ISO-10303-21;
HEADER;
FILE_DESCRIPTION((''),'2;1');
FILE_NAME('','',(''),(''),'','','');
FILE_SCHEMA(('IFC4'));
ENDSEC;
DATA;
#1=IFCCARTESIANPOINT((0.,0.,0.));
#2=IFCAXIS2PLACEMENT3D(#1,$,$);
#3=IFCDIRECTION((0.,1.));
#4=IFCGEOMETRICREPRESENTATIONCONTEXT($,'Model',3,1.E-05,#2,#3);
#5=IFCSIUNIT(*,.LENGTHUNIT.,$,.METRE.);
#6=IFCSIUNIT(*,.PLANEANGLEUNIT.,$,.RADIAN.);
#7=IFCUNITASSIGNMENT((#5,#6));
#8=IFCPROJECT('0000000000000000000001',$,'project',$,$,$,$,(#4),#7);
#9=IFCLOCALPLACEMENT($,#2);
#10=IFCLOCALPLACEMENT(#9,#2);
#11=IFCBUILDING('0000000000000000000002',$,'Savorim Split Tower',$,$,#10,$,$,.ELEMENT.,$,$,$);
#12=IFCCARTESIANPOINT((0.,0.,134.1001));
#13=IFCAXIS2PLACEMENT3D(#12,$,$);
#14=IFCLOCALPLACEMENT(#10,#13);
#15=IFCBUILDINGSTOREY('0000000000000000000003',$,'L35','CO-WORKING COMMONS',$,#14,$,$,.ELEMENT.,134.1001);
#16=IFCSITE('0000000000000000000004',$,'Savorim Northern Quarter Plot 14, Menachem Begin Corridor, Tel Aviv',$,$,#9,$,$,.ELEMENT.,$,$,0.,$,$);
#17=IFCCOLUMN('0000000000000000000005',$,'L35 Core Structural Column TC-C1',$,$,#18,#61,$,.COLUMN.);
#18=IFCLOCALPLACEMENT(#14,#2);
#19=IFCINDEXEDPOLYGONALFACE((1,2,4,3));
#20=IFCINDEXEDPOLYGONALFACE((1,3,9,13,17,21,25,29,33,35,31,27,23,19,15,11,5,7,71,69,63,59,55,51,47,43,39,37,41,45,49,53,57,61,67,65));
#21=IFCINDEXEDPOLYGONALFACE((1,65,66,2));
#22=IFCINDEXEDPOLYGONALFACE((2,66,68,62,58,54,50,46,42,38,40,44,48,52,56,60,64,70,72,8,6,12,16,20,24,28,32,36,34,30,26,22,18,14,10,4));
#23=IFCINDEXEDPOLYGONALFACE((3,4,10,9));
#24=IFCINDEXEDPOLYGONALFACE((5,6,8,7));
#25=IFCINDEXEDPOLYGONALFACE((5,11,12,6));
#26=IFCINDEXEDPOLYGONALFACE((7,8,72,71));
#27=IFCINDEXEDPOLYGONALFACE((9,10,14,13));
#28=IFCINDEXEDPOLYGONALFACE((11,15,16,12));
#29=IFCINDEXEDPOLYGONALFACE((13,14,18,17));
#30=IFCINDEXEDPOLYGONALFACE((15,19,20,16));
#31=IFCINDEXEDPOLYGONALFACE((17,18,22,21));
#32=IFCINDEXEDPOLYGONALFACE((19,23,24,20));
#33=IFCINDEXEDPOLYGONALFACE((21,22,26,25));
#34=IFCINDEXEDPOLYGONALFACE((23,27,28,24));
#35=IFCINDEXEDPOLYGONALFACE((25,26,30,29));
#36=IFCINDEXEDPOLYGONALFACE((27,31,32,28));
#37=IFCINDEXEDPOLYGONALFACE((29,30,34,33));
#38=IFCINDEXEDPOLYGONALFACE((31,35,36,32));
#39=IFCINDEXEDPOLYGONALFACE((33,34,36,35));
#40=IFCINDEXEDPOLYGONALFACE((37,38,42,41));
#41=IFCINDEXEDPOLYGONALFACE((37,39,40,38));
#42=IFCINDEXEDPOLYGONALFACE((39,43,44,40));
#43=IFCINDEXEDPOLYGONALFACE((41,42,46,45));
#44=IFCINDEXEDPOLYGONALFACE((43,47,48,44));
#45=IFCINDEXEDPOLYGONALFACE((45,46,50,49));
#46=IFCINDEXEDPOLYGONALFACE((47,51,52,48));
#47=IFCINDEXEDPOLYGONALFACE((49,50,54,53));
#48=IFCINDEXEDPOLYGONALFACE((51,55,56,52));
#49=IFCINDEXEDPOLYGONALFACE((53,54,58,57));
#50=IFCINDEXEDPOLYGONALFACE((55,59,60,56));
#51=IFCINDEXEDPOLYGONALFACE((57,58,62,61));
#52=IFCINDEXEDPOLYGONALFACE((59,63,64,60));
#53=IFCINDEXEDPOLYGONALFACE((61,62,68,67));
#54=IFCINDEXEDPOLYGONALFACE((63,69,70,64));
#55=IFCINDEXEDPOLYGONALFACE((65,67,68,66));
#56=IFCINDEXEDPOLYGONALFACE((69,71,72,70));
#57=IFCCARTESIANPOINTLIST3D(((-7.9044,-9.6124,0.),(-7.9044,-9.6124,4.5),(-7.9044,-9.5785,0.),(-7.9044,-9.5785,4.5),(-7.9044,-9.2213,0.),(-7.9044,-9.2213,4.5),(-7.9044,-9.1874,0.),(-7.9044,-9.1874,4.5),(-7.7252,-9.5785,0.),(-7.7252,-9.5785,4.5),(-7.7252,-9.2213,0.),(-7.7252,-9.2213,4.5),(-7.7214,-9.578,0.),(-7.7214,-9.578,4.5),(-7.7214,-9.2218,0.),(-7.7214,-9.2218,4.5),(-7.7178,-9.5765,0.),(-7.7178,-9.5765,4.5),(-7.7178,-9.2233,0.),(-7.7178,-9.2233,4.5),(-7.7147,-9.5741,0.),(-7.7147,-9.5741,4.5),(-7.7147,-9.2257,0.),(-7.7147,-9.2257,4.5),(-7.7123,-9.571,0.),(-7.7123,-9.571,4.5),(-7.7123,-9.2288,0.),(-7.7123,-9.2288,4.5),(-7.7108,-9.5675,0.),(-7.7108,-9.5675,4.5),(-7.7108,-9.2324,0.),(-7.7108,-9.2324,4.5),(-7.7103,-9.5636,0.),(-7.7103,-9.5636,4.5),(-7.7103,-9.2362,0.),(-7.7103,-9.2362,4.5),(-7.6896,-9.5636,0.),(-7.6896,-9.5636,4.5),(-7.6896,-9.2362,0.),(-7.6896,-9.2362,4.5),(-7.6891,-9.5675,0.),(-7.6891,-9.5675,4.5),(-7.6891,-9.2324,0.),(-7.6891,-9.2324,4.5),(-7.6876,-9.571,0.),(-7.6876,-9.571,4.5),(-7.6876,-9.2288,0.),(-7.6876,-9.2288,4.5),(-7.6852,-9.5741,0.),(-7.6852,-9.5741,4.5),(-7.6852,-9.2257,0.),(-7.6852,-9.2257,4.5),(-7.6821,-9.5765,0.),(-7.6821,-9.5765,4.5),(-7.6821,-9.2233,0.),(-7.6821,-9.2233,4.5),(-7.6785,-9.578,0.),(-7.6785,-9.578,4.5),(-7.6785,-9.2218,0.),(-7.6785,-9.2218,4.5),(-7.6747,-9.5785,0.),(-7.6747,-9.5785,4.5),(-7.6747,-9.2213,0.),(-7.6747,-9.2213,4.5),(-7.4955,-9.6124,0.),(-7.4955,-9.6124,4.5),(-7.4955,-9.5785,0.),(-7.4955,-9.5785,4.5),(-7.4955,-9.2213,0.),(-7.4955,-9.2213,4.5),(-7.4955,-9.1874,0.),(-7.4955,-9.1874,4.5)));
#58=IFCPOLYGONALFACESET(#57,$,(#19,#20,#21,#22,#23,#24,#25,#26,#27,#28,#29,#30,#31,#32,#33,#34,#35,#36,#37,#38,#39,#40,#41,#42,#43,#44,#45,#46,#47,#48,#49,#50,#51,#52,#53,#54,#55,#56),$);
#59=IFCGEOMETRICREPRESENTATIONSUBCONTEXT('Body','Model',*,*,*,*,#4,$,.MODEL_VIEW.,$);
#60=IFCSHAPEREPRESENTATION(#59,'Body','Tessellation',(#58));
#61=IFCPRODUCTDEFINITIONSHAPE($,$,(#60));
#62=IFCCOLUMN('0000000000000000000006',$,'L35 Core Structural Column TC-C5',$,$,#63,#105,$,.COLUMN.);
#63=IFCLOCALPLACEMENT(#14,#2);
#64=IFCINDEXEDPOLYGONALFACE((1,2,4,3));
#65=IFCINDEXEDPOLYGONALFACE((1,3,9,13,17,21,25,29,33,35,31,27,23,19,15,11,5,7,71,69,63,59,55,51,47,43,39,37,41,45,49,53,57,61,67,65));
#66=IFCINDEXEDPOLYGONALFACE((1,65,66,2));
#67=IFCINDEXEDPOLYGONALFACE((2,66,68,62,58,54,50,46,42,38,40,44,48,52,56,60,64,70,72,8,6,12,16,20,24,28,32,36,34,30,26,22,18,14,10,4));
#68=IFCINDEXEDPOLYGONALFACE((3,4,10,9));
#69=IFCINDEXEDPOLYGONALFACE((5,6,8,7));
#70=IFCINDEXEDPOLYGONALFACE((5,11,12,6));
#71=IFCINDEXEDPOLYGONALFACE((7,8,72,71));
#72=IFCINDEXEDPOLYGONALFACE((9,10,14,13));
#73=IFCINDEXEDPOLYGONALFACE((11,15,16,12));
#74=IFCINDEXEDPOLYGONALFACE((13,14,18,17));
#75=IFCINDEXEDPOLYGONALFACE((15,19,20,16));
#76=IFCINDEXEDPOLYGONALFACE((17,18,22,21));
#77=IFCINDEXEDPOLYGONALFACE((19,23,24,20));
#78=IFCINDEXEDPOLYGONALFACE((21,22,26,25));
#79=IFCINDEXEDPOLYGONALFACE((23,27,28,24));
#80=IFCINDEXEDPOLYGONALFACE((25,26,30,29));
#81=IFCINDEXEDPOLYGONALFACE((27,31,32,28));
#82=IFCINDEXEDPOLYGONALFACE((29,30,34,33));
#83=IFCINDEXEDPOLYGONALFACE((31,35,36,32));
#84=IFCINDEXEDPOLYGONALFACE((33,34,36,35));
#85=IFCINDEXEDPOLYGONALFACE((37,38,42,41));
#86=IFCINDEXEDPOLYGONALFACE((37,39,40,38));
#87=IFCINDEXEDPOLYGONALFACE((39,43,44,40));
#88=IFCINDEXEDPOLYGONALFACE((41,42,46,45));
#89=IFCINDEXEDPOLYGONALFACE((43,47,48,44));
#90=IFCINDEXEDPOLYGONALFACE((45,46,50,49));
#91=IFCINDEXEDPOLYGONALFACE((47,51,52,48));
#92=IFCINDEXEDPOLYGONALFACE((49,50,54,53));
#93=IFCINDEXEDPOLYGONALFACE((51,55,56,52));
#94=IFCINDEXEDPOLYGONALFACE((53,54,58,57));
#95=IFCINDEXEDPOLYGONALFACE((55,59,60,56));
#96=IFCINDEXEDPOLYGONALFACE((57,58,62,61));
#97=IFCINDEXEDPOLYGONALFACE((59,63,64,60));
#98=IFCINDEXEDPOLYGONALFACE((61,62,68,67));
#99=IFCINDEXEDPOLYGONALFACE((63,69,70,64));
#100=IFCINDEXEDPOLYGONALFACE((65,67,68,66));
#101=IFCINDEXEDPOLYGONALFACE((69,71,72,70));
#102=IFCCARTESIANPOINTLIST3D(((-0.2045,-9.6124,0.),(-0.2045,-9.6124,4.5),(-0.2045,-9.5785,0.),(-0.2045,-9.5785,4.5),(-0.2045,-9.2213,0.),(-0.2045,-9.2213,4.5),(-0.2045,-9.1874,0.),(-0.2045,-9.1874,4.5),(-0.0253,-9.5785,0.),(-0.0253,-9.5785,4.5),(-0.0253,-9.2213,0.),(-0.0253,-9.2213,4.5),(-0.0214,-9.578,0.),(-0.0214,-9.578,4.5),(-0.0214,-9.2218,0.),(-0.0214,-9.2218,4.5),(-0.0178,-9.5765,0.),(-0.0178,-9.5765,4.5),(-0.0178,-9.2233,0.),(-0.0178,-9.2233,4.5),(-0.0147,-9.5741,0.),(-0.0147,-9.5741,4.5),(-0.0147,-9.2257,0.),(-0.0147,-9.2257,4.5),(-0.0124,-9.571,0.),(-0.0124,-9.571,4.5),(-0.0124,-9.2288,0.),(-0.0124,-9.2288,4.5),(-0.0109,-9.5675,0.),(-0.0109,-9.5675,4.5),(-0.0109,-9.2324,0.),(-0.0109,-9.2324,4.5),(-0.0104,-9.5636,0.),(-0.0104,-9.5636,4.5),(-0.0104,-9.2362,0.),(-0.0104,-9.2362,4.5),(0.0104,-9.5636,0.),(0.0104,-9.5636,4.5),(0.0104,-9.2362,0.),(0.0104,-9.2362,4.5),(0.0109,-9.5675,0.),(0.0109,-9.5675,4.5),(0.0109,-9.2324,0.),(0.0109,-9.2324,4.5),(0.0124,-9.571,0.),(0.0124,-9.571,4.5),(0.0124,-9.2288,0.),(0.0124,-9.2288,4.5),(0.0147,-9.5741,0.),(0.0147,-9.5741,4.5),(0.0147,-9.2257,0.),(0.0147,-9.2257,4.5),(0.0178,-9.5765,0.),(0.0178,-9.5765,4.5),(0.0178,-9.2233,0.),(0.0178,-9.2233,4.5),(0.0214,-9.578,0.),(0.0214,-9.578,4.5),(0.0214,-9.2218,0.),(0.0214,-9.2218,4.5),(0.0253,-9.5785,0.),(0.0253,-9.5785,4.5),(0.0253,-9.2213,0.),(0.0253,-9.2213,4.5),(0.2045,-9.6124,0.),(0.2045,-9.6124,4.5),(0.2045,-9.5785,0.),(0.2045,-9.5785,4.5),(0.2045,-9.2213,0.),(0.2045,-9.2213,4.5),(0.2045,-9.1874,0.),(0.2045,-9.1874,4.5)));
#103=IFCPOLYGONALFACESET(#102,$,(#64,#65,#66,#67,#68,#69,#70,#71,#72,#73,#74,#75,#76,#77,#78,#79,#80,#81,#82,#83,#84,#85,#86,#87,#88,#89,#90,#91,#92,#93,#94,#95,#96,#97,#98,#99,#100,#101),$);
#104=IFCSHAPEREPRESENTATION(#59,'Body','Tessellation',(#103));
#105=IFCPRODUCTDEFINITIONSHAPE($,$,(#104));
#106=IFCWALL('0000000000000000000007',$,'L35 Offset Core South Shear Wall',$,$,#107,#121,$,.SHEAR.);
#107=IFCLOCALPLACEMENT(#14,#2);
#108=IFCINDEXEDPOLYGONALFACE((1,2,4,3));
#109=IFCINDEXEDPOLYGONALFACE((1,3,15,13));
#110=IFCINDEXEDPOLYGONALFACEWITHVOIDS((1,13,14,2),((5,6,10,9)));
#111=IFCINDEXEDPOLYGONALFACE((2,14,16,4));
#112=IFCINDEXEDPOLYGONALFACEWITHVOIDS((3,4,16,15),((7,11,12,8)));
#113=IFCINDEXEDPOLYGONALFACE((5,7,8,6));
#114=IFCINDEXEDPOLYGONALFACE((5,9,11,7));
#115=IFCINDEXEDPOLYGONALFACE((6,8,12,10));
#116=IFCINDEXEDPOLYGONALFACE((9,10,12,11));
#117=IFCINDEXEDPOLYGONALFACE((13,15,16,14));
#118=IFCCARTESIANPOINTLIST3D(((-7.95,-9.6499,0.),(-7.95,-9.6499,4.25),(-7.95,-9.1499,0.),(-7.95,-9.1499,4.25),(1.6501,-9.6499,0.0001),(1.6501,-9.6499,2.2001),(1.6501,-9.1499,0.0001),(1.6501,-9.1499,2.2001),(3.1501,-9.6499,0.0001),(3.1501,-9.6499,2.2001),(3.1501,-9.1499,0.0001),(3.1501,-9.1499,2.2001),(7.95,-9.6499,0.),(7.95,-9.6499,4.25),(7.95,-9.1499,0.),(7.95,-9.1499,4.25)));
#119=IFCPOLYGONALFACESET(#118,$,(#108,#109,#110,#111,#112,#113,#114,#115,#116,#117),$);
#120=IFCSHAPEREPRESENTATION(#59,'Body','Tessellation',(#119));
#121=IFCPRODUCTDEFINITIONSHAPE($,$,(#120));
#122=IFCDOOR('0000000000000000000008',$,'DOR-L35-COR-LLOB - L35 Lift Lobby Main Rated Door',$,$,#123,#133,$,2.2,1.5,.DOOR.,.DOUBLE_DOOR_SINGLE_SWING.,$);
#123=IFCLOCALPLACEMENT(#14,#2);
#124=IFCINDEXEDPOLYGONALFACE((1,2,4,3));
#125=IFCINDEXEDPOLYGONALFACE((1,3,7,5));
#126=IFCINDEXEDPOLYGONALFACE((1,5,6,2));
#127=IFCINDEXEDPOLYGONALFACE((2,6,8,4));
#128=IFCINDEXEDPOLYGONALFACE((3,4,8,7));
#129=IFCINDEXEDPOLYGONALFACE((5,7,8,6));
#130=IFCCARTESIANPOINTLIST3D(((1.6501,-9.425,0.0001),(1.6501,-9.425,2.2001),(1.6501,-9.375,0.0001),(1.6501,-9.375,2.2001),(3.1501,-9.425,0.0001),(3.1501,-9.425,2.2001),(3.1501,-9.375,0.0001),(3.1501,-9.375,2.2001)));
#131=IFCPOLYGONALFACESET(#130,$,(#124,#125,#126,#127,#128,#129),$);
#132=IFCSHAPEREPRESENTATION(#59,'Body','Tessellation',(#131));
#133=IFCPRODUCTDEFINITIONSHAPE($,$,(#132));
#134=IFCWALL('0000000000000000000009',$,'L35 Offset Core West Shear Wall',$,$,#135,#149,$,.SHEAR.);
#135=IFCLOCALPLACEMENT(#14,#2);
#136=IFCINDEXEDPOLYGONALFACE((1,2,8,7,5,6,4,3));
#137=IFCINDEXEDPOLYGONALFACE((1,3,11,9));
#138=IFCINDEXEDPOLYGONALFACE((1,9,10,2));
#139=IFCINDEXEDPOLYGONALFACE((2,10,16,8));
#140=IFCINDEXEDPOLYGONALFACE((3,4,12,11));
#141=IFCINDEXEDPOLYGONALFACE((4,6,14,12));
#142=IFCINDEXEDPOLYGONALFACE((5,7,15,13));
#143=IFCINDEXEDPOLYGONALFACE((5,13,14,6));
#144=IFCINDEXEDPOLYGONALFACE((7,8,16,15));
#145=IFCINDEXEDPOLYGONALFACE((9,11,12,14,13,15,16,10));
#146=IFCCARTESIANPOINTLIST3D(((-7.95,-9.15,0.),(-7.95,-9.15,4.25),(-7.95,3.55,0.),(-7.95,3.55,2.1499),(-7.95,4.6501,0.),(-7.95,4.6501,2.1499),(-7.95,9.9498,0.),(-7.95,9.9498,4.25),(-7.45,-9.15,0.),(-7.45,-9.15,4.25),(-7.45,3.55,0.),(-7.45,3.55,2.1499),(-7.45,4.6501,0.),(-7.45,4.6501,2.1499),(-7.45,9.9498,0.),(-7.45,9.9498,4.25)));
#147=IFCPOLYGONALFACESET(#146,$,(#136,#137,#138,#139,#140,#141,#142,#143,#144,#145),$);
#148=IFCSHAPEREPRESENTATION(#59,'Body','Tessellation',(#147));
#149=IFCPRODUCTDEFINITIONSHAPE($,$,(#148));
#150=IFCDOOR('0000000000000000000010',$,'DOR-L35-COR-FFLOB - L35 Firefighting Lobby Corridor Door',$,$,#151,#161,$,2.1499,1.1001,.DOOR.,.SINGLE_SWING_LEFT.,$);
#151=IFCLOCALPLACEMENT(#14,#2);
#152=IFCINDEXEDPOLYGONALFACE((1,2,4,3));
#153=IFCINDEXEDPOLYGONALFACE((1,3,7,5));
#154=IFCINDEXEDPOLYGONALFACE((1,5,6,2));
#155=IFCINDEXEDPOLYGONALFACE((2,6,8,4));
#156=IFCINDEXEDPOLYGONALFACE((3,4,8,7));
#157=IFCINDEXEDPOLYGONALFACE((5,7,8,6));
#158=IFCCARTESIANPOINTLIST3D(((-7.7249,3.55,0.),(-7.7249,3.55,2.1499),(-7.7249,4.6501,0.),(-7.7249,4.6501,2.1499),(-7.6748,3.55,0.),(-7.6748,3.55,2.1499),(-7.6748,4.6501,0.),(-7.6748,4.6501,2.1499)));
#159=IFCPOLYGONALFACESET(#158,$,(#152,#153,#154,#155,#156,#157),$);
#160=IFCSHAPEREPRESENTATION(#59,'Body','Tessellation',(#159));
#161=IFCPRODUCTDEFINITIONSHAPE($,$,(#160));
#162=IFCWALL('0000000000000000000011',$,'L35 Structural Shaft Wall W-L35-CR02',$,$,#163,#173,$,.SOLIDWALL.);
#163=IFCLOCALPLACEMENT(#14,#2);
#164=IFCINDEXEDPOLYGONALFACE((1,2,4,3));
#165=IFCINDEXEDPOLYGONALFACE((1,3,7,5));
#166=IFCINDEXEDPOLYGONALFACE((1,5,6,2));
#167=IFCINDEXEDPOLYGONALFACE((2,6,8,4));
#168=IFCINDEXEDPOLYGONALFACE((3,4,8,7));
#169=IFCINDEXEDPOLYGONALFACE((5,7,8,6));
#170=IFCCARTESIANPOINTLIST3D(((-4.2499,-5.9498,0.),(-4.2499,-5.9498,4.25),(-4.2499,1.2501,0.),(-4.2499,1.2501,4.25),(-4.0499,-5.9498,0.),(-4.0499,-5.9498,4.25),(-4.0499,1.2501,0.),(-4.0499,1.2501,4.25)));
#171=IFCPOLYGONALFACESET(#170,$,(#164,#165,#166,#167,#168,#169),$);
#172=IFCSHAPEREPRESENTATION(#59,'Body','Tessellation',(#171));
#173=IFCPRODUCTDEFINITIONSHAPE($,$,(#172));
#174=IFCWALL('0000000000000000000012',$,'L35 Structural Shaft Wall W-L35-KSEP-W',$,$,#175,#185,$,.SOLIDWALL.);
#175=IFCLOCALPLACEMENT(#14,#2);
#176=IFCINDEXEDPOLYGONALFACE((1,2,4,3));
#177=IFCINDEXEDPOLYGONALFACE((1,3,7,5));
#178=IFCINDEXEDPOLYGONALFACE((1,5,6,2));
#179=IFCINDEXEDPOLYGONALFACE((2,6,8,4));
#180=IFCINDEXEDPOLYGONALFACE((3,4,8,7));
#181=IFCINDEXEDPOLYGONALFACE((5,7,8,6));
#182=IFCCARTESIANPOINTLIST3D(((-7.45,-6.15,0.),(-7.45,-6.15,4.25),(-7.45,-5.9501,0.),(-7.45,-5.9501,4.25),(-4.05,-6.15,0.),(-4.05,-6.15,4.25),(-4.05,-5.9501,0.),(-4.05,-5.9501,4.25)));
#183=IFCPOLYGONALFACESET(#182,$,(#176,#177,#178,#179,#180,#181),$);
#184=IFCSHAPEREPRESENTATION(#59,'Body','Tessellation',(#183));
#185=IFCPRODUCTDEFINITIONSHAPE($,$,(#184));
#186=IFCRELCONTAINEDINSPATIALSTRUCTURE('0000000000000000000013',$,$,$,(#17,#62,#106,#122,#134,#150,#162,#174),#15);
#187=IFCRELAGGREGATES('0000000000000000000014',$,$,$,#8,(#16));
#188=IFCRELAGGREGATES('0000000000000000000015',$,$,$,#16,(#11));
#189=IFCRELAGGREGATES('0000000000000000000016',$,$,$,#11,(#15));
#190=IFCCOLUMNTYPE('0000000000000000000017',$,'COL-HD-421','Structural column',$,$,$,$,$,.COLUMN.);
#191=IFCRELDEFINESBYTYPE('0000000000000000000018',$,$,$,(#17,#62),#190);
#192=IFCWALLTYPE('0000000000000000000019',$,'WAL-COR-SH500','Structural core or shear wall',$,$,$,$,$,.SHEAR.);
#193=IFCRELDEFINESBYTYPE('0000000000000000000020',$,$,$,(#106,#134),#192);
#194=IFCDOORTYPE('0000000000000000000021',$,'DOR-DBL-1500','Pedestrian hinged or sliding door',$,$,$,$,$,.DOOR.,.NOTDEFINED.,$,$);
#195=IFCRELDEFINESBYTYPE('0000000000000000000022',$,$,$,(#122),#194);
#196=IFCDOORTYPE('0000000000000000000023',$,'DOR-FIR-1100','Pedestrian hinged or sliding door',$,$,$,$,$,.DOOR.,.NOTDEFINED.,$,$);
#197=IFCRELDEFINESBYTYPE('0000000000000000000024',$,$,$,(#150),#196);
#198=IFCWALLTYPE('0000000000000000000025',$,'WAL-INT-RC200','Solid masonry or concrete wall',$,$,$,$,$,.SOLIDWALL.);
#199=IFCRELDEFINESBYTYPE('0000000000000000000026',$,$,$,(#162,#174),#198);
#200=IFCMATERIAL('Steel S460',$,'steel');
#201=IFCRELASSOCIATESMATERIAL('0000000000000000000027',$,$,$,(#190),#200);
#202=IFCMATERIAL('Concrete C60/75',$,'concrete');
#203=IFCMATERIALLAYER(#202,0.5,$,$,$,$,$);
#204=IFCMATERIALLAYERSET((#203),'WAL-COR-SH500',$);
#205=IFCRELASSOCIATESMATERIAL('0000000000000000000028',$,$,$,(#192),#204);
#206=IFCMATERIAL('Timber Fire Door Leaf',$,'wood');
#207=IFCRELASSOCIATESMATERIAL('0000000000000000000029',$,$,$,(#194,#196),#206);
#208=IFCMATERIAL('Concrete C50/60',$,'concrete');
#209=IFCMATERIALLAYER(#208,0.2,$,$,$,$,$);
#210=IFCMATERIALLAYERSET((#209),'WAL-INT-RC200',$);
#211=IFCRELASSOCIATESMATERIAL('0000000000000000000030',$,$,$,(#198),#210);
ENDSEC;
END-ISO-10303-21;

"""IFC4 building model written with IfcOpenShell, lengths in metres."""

from ifc_helpers import new_model, si_unit, direction, frame, frame_2d, origin, origin_2d, place, context, subcontext, project, spatial, rectangle, i_section, extrude, material, layer, layer_set, material_profile, profile_set, type_object, element, fill, save


model = new_model("IFC4")

# Units and contexts
model_context = context("Model", 3, precision=1e-05, world=origin(), true_north=direction((0.0, 1.0)))
body_context = subcontext(model_context, "Body", "Model", "MODEL_VIEW")
ifc_project = project(units=[si_unit("LENGTHUNIT", "METRE"), si_unit("PLANEANGLEUNIT", "RADIAN")], contexts=[model_context])

# Site, building, storey
site_placement = place(None, origin())
site = spatial("IfcSite", under=ifc_project, at=site_placement, Name="Savorim Northern Quarter Plot 14, Menachem Begin Corridor, Tel Aviv", CompositionType="ELEMENT", RefElevation=0.0)
building_placement = place(site_placement, origin())
building = spatial("IfcBuilding", under=site, at=building_placement, Name="Savorim Split Tower", CompositionType="ELEMENT")
storey_placement = place(building_placement, frame((0.0, 0.0, 134.1001)))
storey = spatial("IfcBuildingStorey", under=building, at=storey_placement, Name="L35", Description="CO-WORKING COMMONS", CompositionType="ELEMENT", Elevation=134.1001)

# Columns
ifc_material_1 = material(Name="Steel S460", Category="steel")
ifc_material_profile = material_profile(ifc_material_1, i_section(OverallWidth=0.4089, OverallDepth=0.425, WebThickness=0.0208, FlangeThickness=0.0339, FilletRadius=0.0149, at=origin_2d()), Name="HD 400x421")
ifc_profile_set = profile_set([ifc_material_profile], Name="Steel S460")
column_type = type_object("IfcColumnType", Name="COL-HD-421", Description="Structural column", PredefinedType="COLUMN", material=ifc_profile_set)
for number, where, z_axis, x_axis, name in (
    (1, (-7.7, -9.3999, 0.0), (0.0, 0.0, 1.0), (1.0, 0.0, 0.0), "L35 Core Structural Column TC-C1"),
    (2, (0.0, -9.3999, 0.0), (0.0, 0.0, 1.0), (1.0, 0.0, 0.0), "L35 Core Structural Column TC-C5"),
):
    element("IfcColumn", number, at=place(storey_placement, frame(where, z_axis=z_axis, x_axis=x_axis)), inside=storey, type_object=column_type, Name=name, PredefinedType="COLUMN", context=body_context, shape_type="SweptSolid", body=[
        extrude(i_section(OverallWidth=0.4089, OverallDepth=0.425, WebThickness=0.0208, FlangeThickness=0.0339, FilletRadius=0.0149, at=origin_2d()), origin(), (0.0, 0.0, 1.0), 4.5),
    ])

# Walls, openings, doors
ifc_material_2 = material(Name="Concrete C60/75", Category="concrete")
ifc_layer_1 = layer(ifc_material_2, 0.5)
ifc_layer_set_1 = layer_set([ifc_layer_1], Name="WAL-COR-SH500")
wall_type_1 = type_object("IfcWallType", Name="WAL-COR-SH500", Description="Structural core or shear wall", PredefinedType="SHEAR", material=ifc_layer_set_1)
wall_1_placement = place(storey_placement, frame((-7.95, -9.3999, 0.0), z_axis=(0.0, 0.0, 1.0), x_axis=(1.0, 0.0, 0.0)))
wall_1 = element("IfcWall", 3, at=wall_1_placement, inside=storey, type_object=wall_type_1, Name="L35 Offset Core South Shear Wall", PredefinedType="SHEAR", context=body_context, shape_type="SweptSolid", body=[
    extrude(rectangle(XDim=15.8999, YDim=0.5, at=frame_2d((7.95, 0.0))), origin(), (0.0, 0.0, 1.0), 4.25),
])
opening_1_placement = place(wall_1_placement, frame((9.6001, 0.0, 0.0)))
opening_1 = element("IfcOpeningElement", 4, at=opening_1_placement, cuts=wall_1, PredefinedType="OPENING", context=body_context, shape_type="SweptSolid", body=[
    extrude(rectangle(XDim=1.5, YDim=2.2, at=frame_2d((0.75, 1.1001))), frame((0.0, 0.26, 0.0), z_axis=(0.0, -1.0, 0.0), x_axis=(1.0, 0.0, 0.0)), (0.0, 0.0, 1.0), 0.52),
])
ifc_material_3 = material(Name="Timber Fire Door Leaf", Category="wood")
door_type_1 = type_object("IfcDoorType", Name="DOR-DBL-1500", Description="Pedestrian hinged or sliding door", OperationType="NOTDEFINED", PredefinedType="DOOR", material=ifc_material_3)
door_1_placement = place(opening_1_placement, origin())
door_1 = element("IfcDoor", 5, at=door_1_placement, inside=storey, type_object=door_type_1, Name="DOR-L35-COR-LLOB - L35 Lift Lobby Main Rated Door", OperationType="DOUBLE_DOOR_SINGLE_SWING", OverallHeight=2.2, OverallWidth=1.5, PredefinedType="DOOR", context=body_context, shape_type="SweptSolid", body=[
    extrude(rectangle(XDim=1.5, YDim=2.2, at=frame_2d((0.75, 1.1001))), frame((0.0, 0.0249, 0.0), z_axis=(0.0, -1.0, 0.0), x_axis=(1.0, 0.0, 0.0)), (0.0, 0.0, 1.0), 0.05),
])
fill(opening_1, door_1)
wall_2_placement = place(storey_placement, frame((-7.7, -9.1499, 0.0), z_axis=(0.0, 0.0, 1.0), x_axis=(0.0, 1.0, 0.0)))
wall_2 = element("IfcWall", 6, at=wall_2_placement, inside=storey, type_object=wall_type_1, Name="L35 Offset Core West Shear Wall", PredefinedType="SHEAR", context=body_context, shape_type="SweptSolid", body=[
    extrude(rectangle(XDim=19.0999, YDim=0.5, at=frame_2d((9.5498, 0.0))), origin(), (0.0, 0.0, 1.0), 4.25),
])
opening_2_placement = place(wall_2_placement, frame((12.7, 0.0, 0.0)))
opening_2 = element("IfcOpeningElement", 7, at=opening_2_placement, cuts=wall_2, PredefinedType="OPENING", context=body_context, shape_type="SweptSolid", body=[
    extrude(rectangle(XDim=1.1001, YDim=2.1499, at=frame_2d((0.55, 1.075))), frame((0.0, 0.26, 0.0), z_axis=(0.0, -1.0, 0.0), x_axis=(1.0, 0.0, 0.0)), (0.0, 0.0, 1.0), 0.52),
])
door_type_2 = type_object("IfcDoorType", Name="DOR-FIR-1100", Description="Pedestrian hinged or sliding door", OperationType="NOTDEFINED", PredefinedType="DOOR", material=ifc_material_3)
door_2_placement = place(opening_2_placement, origin())
door_2 = element("IfcDoor", 8, at=door_2_placement, inside=storey, type_object=door_type_2, Name="DOR-L35-COR-FFLOB - L35 Firefighting Lobby Corridor Door", OperationType="SINGLE_SWING_LEFT", OverallHeight=2.1499, OverallWidth=1.1001, PredefinedType="DOOR", context=body_context, shape_type="SweptSolid", body=[
    extrude(rectangle(XDim=1.1001, YDim=2.1499, at=frame_2d((0.55, 1.075))), frame((0.0, 0.0249, 0.0), z_axis=(0.0, -1.0, 0.0), x_axis=(1.0, 0.0, 0.0)), (0.0, 0.0, 1.0), 0.05),
])
fill(opening_2, door_2)

# Wall
ifc_material_4 = material(Name="Concrete C50/60", Category="concrete")
ifc_layer_2 = layer(ifc_material_4, 0.2)
ifc_layer_set_2 = layer_set([ifc_layer_2], Name="WAL-INT-RC200")
wall_type_2 = type_object("IfcWallType", Name="WAL-INT-RC200", Description="Solid masonry or concrete wall", PredefinedType="SOLIDWALL", material=ifc_layer_set_2)
wall_3_placement = place(storey_placement, frame((-4.1499, -5.95, 0.0), z_axis=(0.0, 0.0, 1.0), x_axis=(0.0, 1.0, 0.0)))
element("IfcWall", 9, at=wall_3_placement, inside=storey, type_object=wall_type_2, Name="L35 Structural Shaft Wall W-L35-CR02", PredefinedType="SOLIDWALL", context=body_context, shape_type="SweptSolid", body=[
    extrude(rectangle(XDim=7.2, YDim=0.2, at=frame_2d((3.6001, 0.0))), origin(), (0.0, 0.0, 1.0), 4.25),
])

# Wall
wall_4_placement = place(storey_placement, frame((-7.45, -6.05, 0.0), z_axis=(0.0, 0.0, 1.0), x_axis=(1.0, 0.0, 0.0)))
element("IfcWall", 10, at=wall_4_placement, inside=storey, type_object=wall_type_2, Name="L35 Structural Shaft Wall W-L35-KSEP-W", PredefinedType="SOLIDWALL", context=body_context, shape_type="SweptSolid", body=[
    extrude(rectangle(XDim=3.3999, YDim=0.2, at=frame_2d((1.7, 0.0))), origin(), (0.0, 0.0, 1.0), 4.25),
])

save(model, "model.ifc")
